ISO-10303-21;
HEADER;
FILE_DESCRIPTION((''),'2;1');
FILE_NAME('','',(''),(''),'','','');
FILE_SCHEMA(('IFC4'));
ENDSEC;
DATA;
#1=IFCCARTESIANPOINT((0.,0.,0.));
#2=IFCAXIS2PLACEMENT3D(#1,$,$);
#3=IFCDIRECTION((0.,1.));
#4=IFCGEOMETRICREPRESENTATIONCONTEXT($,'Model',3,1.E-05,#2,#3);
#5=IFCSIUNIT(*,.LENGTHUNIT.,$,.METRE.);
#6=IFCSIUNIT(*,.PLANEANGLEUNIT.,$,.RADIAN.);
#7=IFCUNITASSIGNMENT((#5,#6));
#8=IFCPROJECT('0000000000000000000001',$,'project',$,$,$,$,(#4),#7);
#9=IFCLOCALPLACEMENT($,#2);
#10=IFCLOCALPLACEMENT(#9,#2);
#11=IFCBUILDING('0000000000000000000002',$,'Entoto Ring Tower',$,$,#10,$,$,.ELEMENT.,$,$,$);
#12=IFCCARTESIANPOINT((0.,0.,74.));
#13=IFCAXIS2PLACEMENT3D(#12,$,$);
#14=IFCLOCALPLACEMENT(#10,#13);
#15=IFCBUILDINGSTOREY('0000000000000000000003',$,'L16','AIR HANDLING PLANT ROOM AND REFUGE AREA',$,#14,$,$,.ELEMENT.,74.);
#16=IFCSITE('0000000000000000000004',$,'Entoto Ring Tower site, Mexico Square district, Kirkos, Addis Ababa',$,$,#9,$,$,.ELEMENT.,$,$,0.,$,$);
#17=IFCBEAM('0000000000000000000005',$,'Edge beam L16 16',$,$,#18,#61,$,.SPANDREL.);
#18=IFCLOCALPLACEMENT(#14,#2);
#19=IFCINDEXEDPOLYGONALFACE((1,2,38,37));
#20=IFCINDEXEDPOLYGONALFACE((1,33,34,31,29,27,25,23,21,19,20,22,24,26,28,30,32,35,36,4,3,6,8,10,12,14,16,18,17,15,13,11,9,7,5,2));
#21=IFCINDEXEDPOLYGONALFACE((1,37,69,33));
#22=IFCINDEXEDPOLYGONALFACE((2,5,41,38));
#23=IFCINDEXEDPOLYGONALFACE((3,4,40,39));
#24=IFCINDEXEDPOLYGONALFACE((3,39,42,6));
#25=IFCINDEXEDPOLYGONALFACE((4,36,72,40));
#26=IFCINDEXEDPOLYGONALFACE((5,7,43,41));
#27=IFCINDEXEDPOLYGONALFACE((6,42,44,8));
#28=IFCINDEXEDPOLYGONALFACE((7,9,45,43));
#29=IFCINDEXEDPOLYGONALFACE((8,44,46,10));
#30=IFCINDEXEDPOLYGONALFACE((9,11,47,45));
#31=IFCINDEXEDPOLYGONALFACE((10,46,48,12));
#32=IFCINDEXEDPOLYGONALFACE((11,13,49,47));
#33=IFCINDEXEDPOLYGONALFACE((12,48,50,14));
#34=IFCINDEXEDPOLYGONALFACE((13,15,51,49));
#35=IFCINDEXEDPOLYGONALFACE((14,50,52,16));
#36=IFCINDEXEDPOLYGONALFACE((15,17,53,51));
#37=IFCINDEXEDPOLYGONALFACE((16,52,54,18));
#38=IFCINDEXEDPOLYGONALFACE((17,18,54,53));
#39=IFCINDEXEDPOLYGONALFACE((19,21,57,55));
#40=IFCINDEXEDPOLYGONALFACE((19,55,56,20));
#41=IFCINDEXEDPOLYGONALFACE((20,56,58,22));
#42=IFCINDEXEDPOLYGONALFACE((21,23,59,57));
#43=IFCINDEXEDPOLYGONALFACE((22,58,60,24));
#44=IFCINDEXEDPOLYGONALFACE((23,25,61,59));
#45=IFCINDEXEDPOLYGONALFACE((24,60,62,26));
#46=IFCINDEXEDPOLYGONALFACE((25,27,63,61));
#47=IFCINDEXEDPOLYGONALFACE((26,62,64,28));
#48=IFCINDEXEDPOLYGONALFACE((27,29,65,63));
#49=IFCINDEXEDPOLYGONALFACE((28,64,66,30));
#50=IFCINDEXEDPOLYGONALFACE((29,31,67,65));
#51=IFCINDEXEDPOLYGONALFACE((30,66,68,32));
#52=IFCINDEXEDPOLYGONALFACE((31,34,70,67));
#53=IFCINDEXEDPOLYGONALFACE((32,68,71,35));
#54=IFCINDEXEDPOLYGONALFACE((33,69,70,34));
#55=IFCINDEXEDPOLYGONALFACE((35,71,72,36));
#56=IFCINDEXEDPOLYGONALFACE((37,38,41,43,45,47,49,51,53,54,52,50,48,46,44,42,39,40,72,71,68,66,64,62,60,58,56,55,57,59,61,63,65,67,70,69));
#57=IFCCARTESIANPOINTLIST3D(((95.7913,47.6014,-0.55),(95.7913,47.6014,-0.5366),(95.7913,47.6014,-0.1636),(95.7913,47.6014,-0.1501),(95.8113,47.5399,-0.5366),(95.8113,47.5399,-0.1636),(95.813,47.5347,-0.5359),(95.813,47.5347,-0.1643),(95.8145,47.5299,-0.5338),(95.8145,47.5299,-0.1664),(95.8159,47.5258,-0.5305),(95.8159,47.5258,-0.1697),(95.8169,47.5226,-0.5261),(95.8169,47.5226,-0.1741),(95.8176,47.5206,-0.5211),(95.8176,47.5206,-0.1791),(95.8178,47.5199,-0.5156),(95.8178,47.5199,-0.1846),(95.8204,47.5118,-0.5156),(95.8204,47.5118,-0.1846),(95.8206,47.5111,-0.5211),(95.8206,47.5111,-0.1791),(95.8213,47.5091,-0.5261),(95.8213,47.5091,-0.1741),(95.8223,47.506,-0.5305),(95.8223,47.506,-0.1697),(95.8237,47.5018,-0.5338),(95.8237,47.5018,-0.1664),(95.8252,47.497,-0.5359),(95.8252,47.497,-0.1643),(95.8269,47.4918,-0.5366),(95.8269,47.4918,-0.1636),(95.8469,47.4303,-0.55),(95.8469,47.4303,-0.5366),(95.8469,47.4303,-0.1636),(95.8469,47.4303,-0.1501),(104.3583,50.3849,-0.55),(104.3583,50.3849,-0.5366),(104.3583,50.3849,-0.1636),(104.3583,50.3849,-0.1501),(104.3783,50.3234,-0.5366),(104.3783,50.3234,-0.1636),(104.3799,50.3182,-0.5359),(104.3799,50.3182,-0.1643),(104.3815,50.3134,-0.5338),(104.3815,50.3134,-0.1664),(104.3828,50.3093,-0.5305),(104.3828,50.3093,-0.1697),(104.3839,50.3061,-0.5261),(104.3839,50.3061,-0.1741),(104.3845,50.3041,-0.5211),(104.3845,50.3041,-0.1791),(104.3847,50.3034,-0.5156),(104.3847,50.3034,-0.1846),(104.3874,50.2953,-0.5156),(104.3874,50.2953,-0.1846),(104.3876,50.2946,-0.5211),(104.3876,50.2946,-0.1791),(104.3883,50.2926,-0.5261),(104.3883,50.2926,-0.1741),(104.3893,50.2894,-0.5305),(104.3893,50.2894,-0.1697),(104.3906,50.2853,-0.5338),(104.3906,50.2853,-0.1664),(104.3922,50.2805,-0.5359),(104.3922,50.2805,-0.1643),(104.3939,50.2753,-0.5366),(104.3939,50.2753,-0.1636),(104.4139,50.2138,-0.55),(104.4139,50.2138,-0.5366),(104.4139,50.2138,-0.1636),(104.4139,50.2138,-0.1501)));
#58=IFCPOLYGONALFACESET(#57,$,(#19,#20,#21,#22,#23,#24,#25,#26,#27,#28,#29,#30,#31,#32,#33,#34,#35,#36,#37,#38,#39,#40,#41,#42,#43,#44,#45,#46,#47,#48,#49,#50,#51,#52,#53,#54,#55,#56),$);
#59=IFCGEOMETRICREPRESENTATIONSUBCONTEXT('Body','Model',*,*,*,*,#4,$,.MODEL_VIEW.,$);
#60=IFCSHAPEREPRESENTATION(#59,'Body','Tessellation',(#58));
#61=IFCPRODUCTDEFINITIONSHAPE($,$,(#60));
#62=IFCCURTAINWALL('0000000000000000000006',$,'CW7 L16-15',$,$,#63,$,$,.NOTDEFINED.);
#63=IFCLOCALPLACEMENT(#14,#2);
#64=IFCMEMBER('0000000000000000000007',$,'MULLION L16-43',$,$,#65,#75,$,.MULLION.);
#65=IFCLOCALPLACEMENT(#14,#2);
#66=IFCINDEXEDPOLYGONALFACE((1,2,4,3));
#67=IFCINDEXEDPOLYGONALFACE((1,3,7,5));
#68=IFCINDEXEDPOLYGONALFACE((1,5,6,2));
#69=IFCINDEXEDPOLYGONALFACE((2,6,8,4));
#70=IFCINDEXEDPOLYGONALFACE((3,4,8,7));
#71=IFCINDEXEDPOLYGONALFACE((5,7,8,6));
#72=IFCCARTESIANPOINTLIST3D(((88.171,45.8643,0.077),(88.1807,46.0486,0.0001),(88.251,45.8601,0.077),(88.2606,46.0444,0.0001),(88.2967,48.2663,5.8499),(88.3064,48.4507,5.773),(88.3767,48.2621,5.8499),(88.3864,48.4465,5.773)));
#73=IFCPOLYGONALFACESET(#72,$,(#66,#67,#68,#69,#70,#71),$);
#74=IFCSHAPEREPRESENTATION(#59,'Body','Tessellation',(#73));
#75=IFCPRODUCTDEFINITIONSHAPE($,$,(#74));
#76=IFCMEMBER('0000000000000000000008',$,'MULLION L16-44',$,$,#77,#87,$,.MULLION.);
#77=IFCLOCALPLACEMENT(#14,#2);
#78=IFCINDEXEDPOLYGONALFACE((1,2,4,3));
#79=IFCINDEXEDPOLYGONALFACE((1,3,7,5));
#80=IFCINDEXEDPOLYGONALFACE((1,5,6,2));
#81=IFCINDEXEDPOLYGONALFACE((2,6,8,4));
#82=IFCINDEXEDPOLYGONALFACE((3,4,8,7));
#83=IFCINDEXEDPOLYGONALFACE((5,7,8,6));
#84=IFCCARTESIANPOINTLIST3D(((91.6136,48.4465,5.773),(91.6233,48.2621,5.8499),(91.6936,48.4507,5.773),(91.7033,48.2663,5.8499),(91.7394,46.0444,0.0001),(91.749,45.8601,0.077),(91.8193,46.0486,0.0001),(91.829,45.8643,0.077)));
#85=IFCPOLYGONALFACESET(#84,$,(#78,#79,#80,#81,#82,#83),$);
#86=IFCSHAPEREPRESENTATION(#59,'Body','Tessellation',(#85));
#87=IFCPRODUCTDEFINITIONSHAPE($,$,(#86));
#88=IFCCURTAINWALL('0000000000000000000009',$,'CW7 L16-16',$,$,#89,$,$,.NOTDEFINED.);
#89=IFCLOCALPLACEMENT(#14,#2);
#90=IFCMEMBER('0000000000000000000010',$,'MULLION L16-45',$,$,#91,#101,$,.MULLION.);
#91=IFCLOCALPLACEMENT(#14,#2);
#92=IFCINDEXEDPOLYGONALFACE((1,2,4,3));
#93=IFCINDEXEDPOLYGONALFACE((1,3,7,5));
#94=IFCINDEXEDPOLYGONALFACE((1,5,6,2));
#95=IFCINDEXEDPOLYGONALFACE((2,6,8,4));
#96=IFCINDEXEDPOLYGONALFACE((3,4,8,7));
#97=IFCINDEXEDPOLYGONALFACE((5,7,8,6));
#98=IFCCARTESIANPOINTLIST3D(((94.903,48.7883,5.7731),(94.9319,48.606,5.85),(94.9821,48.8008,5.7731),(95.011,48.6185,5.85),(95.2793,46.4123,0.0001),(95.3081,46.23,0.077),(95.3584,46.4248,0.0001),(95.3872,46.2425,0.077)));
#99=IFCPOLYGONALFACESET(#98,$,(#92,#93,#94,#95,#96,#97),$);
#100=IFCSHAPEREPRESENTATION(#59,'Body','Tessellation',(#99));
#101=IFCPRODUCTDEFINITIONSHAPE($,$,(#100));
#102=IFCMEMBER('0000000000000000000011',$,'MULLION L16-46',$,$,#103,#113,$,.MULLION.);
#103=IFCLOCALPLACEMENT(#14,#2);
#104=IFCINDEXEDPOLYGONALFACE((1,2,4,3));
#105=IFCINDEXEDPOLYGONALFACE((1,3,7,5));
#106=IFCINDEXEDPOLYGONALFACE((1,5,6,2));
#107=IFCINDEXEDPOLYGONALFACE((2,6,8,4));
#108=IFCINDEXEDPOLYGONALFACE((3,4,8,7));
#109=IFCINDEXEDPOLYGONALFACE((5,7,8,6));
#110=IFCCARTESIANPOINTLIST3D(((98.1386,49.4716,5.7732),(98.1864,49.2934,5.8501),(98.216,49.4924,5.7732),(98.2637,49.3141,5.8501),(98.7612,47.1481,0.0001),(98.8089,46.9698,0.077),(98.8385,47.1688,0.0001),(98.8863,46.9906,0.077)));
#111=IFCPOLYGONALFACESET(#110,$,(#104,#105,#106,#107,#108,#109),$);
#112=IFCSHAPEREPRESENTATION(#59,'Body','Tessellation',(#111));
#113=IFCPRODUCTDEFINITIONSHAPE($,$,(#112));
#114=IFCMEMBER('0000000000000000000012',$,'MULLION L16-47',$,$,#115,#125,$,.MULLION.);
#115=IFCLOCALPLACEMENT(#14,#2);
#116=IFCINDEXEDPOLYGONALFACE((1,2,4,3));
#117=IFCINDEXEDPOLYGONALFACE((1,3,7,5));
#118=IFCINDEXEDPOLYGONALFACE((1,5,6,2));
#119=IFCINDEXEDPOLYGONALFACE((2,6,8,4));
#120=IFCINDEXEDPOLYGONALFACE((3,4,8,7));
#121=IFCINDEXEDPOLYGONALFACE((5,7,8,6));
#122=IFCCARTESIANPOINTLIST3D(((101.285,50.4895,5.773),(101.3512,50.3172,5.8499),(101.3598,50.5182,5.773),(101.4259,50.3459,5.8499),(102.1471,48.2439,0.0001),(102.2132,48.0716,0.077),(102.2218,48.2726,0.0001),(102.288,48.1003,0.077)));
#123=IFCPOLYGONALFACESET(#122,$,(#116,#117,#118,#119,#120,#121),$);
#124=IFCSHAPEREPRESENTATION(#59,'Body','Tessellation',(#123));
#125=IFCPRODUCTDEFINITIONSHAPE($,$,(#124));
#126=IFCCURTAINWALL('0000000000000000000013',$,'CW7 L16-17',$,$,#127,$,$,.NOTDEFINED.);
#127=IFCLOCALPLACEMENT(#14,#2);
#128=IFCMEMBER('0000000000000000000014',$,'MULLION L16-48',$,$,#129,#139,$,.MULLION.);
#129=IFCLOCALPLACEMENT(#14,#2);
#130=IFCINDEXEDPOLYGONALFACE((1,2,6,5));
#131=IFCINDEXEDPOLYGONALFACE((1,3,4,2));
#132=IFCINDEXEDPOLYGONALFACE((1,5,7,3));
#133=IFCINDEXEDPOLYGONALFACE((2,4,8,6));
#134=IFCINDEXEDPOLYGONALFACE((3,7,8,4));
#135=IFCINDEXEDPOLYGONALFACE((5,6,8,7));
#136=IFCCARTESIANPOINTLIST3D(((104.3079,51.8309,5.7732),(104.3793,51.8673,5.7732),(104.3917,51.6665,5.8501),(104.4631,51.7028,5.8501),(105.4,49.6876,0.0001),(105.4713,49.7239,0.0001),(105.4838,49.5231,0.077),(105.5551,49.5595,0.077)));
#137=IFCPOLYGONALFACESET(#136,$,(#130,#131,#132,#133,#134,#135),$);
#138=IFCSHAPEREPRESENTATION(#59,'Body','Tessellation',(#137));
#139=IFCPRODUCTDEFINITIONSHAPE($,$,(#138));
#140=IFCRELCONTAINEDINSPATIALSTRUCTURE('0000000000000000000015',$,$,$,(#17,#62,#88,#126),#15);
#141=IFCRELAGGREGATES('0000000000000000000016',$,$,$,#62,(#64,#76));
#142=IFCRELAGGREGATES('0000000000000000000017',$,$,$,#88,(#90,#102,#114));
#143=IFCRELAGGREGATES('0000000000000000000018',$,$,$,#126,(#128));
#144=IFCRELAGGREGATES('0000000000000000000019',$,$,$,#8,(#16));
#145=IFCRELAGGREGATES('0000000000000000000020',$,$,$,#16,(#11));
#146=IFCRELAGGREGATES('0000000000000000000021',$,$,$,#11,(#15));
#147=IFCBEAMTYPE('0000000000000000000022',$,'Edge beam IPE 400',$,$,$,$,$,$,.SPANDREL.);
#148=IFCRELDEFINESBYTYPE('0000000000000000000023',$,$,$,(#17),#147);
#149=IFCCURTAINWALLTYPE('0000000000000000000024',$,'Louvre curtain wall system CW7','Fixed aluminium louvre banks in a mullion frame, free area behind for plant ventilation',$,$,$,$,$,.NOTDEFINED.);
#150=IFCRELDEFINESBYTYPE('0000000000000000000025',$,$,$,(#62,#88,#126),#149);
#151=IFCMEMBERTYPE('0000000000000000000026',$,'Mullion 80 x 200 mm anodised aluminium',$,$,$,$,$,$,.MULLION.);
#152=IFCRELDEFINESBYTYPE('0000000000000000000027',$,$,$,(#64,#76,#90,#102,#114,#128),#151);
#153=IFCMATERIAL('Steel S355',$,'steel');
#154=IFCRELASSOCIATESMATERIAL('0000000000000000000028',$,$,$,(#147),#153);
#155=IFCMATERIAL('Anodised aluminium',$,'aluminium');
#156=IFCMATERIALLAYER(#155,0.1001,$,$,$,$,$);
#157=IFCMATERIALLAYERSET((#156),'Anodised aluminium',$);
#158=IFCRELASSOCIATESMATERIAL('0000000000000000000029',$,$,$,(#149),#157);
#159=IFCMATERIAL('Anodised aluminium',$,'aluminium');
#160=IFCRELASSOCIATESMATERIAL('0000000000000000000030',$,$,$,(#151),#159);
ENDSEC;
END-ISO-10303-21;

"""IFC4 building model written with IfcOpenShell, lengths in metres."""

from ifc_helpers import new_model, si_unit, direction, frame, origin, origin_2d, place, context, subcontext, project, spatial, rectangle, i_section, extrude, material, layer, layer_set, material_profile, profile_set, type_object, element, aggregate, save


model = new_model("IFC4")

# Units and contexts
model_context = context("Model", 3, precision=1e-05, world=origin(), true_north=direction((0.0, 1.0)))
body_context = subcontext(model_context, "Body", "Model", "MODEL_VIEW")
ifc_project = project(units=[si_unit("LENGTHUNIT", "METRE"), si_unit("PLANEANGLEUNIT", "RADIAN")], contexts=[model_context])

# Site, building, storey
site_placement = place(None, origin())
site = spatial("IfcSite", under=ifc_project, at=site_placement, Name="Entoto Ring Tower site, Mexico Square district, Kirkos, Addis Ababa", CompositionType="ELEMENT", RefElevation=0.0)
building_placement = place(site_placement, origin())
building = spatial("IfcBuilding", under=site, at=building_placement, Name="Entoto Ring Tower", CompositionType="ELEMENT")
storey_placement = place(building_placement, frame((0.0, 0.0, 74.0)))
storey = spatial("IfcBuildingStorey", under=building, at=storey_placement, Name="L16", Description="AIR HANDLING PLANT ROOM AND REFUGE AREA", CompositionType="ELEMENT", Elevation=74.0)

# Beam
ifc_material_1 = material(Name="Steel S355", Category="steel")
ifc_material_profile_1 = material_profile(ifc_material_1, i_section(OverallWidth=0.1799, OverallDepth=0.3999, WebThickness=0.0085, FlangeThickness=0.0134, FilletRadius=0.021, at=origin_2d()), Name="IPE 400")
ifc_profile_set_1 = profile_set([ifc_material_profile_1], Name="Steel S355")
beam_type_1 = type_object("IfcBeamType", Name="Edge beam IPE 400", PredefinedType="SPANDREL", material=ifc_profile_set_1)
beam_1_placement = place(storey_placement, frame((95.8191, 47.5159, -0.3501), z_axis=(0.95106, 0.309006, 0.0), x_axis=(-0.309006, 0.95106, 0.0)))
element("IfcBeam", 1, at=beam_1_placement, inside=storey, type_object=beam_type_1, Name="Edge beam L16 16", PredefinedType="SPANDREL", context=body_context, shape_type="SweptSolid", body=[
    extrude(i_section(OverallWidth=0.1799, OverallDepth=0.3999, WebThickness=0.0085, FlangeThickness=0.0134, FilletRadius=0.021, at=origin_2d()), origin(), (0.0, 0.0, 1.0), 9.0078),
])

# Curtain walls, members
ifc_material_2 = material(Name="Anodised aluminium", Category="aluminium")
ifc_layer_1 = layer(ifc_material_2, 0.1001)
ifc_layer_set_1 = layer_set([ifc_layer_1], Name="Anodised aluminium")
curtain_wall_type = type_object("IfcCurtainWallType", Name="Louvre curtain wall system CW7", Description="Fixed aluminium louvre banks in a mullion frame, free area behind for plant ventilation", PredefinedType="NOTDEFINED", material=ifc_layer_set_1)
curtain_wall_1_placement = place(storey_placement, origin())
curtain_wall_1 = element("IfcCurtainWall", 2, at=curtain_wall_1_placement, inside=storey, type_object=curtain_wall_type, Name="CW7 L16-15", PredefinedType="NOTDEFINED")
ifc_material_3 = material(Name="Anodised aluminium", Category="aluminium")
ifc_material_profile_2 = material_profile(ifc_material_3, rectangle(XDim=0.0801, YDim=0.2, at=origin_2d()), Name="Mullion 80 x 200 mm anodised aluminium")
ifc_profile_set_2 = profile_set([ifc_material_profile_2], Name="Anodised aluminium")
member_type_1 = type_object("IfcMemberType", Name="Mullion 80 x 200 mm anodised aluminium", PredefinedType="MULLION", material=ifc_profile_set_2)
member_1_placement = place(storey_placement, frame((88.2158, 45.9543, 0.0386), z_axis=(0.020104, 0.384089, 0.923077), x_axis=(-0.998633, 0.052271, 0.0)))
member_1 = element("IfcMember", 3, at=member_1_placement, type_object=member_type_1, Name="MULLION L16-43", PredefinedType="MULLION", context=body_context, shape_type="SweptSolid", body=[
    extrude(rectangle(XDim=0.0801, YDim=0.2, at=origin_2d()), origin(), (0.0, 0.0, 1.0), 6.2539),
])
member_2_placement = place(storey_placement, frame((91.7842, 45.9543, 0.0386), z_axis=(-0.020104, 0.384089, 0.923077), x_axis=(-0.998633, -0.052271, 0.0)))
member_2 = element("IfcMember", 4, at=member_2_placement, type_object=member_type_1, Name="MULLION L16-44", PredefinedType="MULLION", context=body_context, shape_type="SweptSolid", body=[
    extrude(rectangle(XDim=0.0801, YDim=0.2, at=origin_2d()), origin(), (0.0, 0.0, 1.0), 6.2539),
])
aggregate(curtain_wall_1, [member_1, member_2])
curtain_wall_2_placement = place(storey_placement, origin())
curtain_wall_2 = element("IfcCurtainWall", 5, at=curtain_wall_2_placement, inside=storey, type_object=curtain_wall_type, Name="CW7 L16-16", PredefinedType="NOTDEFINED")
member_3_placement = place(storey_placement, frame((95.3333, 46.3274, 0.0386), z_axis=(-0.060156, 0.379907, 0.923067), x_axis=(-0.987695, -0.156395, 0.0)))
member_3 = element("IfcMember", 6, at=member_3_placement, type_object=member_type_1, Name="MULLION L16-45", PredefinedType="MULLION", context=body_context, shape_type="SweptSolid", body=[
    extrude(rectangle(XDim=0.0801, YDim=0.2, at=origin_2d()), origin(), (0.0, 0.0, 1.0), 6.2542),
])
member_4_placement = place(storey_placement, frame((98.8237, 47.0693, 0.0386), z_axis=(-0.099545, 0.371517, 0.923074), x_axis=(-0.965928, -0.258812, 0.0)))
member_4 = element("IfcMember", 7, at=member_4_placement, type_object=member_type_1, Name="MULLION L16-46", PredefinedType="MULLION", context=body_context, shape_type="SweptSolid", body=[
    extrude(rectangle(XDim=0.0801, YDim=0.2, at=origin_2d()), origin(), (0.0, 0.0, 1.0), 6.2542),
])
member_5_placement = place(storey_placement, frame((102.2175, 48.1721, 0.0386), z_axis=(-0.137841, 0.359066, 0.923077), x_axis=(-0.933573, -0.358387, 0.0)))
member_5 = element("IfcMember", 8, at=member_5_placement, type_object=member_type_1, Name="MULLION L16-47", PredefinedType="MULLION", context=body_context, shape_type="SweptSolid", body=[
    extrude(rectangle(XDim=0.0801, YDim=0.2, at=origin_2d()), origin(), (0.0, 0.0, 1.0), 6.2539),
])
aggregate(curtain_wall_2, [member_3, member_4, member_5])

# Curtain wall, member
curtain_wall_3_placement = place(storey_placement, origin())
curtain_wall_3 = element("IfcCurtainWall", 9, at=curtain_wall_3_placement, inside=storey, type_object=curtain_wall_type, Name="CW7 L16-17", PredefinedType="NOTDEFINED")
member_6_placement = place(storey_placement, frame((105.4775, 49.6235, 0.0386), z_axis=(-0.174613, 0.342707, 0.923072), x_axis=(-0.891012, -0.453981, 0.0)))
member_6 = element("IfcMember", 10, at=member_6_placement, type_object=member_type_1, Name="MULLION L16-48", PredefinedType="MULLION", context=body_context, shape_type="SweptSolid", body=[
    extrude(rectangle(XDim=0.0801, YDim=0.2, at=origin_2d()), origin(), (0.0, 0.0, 1.0), 6.2542),
])
aggregate(curtain_wall_3, [member_6])

save(model, "model.ifc")
